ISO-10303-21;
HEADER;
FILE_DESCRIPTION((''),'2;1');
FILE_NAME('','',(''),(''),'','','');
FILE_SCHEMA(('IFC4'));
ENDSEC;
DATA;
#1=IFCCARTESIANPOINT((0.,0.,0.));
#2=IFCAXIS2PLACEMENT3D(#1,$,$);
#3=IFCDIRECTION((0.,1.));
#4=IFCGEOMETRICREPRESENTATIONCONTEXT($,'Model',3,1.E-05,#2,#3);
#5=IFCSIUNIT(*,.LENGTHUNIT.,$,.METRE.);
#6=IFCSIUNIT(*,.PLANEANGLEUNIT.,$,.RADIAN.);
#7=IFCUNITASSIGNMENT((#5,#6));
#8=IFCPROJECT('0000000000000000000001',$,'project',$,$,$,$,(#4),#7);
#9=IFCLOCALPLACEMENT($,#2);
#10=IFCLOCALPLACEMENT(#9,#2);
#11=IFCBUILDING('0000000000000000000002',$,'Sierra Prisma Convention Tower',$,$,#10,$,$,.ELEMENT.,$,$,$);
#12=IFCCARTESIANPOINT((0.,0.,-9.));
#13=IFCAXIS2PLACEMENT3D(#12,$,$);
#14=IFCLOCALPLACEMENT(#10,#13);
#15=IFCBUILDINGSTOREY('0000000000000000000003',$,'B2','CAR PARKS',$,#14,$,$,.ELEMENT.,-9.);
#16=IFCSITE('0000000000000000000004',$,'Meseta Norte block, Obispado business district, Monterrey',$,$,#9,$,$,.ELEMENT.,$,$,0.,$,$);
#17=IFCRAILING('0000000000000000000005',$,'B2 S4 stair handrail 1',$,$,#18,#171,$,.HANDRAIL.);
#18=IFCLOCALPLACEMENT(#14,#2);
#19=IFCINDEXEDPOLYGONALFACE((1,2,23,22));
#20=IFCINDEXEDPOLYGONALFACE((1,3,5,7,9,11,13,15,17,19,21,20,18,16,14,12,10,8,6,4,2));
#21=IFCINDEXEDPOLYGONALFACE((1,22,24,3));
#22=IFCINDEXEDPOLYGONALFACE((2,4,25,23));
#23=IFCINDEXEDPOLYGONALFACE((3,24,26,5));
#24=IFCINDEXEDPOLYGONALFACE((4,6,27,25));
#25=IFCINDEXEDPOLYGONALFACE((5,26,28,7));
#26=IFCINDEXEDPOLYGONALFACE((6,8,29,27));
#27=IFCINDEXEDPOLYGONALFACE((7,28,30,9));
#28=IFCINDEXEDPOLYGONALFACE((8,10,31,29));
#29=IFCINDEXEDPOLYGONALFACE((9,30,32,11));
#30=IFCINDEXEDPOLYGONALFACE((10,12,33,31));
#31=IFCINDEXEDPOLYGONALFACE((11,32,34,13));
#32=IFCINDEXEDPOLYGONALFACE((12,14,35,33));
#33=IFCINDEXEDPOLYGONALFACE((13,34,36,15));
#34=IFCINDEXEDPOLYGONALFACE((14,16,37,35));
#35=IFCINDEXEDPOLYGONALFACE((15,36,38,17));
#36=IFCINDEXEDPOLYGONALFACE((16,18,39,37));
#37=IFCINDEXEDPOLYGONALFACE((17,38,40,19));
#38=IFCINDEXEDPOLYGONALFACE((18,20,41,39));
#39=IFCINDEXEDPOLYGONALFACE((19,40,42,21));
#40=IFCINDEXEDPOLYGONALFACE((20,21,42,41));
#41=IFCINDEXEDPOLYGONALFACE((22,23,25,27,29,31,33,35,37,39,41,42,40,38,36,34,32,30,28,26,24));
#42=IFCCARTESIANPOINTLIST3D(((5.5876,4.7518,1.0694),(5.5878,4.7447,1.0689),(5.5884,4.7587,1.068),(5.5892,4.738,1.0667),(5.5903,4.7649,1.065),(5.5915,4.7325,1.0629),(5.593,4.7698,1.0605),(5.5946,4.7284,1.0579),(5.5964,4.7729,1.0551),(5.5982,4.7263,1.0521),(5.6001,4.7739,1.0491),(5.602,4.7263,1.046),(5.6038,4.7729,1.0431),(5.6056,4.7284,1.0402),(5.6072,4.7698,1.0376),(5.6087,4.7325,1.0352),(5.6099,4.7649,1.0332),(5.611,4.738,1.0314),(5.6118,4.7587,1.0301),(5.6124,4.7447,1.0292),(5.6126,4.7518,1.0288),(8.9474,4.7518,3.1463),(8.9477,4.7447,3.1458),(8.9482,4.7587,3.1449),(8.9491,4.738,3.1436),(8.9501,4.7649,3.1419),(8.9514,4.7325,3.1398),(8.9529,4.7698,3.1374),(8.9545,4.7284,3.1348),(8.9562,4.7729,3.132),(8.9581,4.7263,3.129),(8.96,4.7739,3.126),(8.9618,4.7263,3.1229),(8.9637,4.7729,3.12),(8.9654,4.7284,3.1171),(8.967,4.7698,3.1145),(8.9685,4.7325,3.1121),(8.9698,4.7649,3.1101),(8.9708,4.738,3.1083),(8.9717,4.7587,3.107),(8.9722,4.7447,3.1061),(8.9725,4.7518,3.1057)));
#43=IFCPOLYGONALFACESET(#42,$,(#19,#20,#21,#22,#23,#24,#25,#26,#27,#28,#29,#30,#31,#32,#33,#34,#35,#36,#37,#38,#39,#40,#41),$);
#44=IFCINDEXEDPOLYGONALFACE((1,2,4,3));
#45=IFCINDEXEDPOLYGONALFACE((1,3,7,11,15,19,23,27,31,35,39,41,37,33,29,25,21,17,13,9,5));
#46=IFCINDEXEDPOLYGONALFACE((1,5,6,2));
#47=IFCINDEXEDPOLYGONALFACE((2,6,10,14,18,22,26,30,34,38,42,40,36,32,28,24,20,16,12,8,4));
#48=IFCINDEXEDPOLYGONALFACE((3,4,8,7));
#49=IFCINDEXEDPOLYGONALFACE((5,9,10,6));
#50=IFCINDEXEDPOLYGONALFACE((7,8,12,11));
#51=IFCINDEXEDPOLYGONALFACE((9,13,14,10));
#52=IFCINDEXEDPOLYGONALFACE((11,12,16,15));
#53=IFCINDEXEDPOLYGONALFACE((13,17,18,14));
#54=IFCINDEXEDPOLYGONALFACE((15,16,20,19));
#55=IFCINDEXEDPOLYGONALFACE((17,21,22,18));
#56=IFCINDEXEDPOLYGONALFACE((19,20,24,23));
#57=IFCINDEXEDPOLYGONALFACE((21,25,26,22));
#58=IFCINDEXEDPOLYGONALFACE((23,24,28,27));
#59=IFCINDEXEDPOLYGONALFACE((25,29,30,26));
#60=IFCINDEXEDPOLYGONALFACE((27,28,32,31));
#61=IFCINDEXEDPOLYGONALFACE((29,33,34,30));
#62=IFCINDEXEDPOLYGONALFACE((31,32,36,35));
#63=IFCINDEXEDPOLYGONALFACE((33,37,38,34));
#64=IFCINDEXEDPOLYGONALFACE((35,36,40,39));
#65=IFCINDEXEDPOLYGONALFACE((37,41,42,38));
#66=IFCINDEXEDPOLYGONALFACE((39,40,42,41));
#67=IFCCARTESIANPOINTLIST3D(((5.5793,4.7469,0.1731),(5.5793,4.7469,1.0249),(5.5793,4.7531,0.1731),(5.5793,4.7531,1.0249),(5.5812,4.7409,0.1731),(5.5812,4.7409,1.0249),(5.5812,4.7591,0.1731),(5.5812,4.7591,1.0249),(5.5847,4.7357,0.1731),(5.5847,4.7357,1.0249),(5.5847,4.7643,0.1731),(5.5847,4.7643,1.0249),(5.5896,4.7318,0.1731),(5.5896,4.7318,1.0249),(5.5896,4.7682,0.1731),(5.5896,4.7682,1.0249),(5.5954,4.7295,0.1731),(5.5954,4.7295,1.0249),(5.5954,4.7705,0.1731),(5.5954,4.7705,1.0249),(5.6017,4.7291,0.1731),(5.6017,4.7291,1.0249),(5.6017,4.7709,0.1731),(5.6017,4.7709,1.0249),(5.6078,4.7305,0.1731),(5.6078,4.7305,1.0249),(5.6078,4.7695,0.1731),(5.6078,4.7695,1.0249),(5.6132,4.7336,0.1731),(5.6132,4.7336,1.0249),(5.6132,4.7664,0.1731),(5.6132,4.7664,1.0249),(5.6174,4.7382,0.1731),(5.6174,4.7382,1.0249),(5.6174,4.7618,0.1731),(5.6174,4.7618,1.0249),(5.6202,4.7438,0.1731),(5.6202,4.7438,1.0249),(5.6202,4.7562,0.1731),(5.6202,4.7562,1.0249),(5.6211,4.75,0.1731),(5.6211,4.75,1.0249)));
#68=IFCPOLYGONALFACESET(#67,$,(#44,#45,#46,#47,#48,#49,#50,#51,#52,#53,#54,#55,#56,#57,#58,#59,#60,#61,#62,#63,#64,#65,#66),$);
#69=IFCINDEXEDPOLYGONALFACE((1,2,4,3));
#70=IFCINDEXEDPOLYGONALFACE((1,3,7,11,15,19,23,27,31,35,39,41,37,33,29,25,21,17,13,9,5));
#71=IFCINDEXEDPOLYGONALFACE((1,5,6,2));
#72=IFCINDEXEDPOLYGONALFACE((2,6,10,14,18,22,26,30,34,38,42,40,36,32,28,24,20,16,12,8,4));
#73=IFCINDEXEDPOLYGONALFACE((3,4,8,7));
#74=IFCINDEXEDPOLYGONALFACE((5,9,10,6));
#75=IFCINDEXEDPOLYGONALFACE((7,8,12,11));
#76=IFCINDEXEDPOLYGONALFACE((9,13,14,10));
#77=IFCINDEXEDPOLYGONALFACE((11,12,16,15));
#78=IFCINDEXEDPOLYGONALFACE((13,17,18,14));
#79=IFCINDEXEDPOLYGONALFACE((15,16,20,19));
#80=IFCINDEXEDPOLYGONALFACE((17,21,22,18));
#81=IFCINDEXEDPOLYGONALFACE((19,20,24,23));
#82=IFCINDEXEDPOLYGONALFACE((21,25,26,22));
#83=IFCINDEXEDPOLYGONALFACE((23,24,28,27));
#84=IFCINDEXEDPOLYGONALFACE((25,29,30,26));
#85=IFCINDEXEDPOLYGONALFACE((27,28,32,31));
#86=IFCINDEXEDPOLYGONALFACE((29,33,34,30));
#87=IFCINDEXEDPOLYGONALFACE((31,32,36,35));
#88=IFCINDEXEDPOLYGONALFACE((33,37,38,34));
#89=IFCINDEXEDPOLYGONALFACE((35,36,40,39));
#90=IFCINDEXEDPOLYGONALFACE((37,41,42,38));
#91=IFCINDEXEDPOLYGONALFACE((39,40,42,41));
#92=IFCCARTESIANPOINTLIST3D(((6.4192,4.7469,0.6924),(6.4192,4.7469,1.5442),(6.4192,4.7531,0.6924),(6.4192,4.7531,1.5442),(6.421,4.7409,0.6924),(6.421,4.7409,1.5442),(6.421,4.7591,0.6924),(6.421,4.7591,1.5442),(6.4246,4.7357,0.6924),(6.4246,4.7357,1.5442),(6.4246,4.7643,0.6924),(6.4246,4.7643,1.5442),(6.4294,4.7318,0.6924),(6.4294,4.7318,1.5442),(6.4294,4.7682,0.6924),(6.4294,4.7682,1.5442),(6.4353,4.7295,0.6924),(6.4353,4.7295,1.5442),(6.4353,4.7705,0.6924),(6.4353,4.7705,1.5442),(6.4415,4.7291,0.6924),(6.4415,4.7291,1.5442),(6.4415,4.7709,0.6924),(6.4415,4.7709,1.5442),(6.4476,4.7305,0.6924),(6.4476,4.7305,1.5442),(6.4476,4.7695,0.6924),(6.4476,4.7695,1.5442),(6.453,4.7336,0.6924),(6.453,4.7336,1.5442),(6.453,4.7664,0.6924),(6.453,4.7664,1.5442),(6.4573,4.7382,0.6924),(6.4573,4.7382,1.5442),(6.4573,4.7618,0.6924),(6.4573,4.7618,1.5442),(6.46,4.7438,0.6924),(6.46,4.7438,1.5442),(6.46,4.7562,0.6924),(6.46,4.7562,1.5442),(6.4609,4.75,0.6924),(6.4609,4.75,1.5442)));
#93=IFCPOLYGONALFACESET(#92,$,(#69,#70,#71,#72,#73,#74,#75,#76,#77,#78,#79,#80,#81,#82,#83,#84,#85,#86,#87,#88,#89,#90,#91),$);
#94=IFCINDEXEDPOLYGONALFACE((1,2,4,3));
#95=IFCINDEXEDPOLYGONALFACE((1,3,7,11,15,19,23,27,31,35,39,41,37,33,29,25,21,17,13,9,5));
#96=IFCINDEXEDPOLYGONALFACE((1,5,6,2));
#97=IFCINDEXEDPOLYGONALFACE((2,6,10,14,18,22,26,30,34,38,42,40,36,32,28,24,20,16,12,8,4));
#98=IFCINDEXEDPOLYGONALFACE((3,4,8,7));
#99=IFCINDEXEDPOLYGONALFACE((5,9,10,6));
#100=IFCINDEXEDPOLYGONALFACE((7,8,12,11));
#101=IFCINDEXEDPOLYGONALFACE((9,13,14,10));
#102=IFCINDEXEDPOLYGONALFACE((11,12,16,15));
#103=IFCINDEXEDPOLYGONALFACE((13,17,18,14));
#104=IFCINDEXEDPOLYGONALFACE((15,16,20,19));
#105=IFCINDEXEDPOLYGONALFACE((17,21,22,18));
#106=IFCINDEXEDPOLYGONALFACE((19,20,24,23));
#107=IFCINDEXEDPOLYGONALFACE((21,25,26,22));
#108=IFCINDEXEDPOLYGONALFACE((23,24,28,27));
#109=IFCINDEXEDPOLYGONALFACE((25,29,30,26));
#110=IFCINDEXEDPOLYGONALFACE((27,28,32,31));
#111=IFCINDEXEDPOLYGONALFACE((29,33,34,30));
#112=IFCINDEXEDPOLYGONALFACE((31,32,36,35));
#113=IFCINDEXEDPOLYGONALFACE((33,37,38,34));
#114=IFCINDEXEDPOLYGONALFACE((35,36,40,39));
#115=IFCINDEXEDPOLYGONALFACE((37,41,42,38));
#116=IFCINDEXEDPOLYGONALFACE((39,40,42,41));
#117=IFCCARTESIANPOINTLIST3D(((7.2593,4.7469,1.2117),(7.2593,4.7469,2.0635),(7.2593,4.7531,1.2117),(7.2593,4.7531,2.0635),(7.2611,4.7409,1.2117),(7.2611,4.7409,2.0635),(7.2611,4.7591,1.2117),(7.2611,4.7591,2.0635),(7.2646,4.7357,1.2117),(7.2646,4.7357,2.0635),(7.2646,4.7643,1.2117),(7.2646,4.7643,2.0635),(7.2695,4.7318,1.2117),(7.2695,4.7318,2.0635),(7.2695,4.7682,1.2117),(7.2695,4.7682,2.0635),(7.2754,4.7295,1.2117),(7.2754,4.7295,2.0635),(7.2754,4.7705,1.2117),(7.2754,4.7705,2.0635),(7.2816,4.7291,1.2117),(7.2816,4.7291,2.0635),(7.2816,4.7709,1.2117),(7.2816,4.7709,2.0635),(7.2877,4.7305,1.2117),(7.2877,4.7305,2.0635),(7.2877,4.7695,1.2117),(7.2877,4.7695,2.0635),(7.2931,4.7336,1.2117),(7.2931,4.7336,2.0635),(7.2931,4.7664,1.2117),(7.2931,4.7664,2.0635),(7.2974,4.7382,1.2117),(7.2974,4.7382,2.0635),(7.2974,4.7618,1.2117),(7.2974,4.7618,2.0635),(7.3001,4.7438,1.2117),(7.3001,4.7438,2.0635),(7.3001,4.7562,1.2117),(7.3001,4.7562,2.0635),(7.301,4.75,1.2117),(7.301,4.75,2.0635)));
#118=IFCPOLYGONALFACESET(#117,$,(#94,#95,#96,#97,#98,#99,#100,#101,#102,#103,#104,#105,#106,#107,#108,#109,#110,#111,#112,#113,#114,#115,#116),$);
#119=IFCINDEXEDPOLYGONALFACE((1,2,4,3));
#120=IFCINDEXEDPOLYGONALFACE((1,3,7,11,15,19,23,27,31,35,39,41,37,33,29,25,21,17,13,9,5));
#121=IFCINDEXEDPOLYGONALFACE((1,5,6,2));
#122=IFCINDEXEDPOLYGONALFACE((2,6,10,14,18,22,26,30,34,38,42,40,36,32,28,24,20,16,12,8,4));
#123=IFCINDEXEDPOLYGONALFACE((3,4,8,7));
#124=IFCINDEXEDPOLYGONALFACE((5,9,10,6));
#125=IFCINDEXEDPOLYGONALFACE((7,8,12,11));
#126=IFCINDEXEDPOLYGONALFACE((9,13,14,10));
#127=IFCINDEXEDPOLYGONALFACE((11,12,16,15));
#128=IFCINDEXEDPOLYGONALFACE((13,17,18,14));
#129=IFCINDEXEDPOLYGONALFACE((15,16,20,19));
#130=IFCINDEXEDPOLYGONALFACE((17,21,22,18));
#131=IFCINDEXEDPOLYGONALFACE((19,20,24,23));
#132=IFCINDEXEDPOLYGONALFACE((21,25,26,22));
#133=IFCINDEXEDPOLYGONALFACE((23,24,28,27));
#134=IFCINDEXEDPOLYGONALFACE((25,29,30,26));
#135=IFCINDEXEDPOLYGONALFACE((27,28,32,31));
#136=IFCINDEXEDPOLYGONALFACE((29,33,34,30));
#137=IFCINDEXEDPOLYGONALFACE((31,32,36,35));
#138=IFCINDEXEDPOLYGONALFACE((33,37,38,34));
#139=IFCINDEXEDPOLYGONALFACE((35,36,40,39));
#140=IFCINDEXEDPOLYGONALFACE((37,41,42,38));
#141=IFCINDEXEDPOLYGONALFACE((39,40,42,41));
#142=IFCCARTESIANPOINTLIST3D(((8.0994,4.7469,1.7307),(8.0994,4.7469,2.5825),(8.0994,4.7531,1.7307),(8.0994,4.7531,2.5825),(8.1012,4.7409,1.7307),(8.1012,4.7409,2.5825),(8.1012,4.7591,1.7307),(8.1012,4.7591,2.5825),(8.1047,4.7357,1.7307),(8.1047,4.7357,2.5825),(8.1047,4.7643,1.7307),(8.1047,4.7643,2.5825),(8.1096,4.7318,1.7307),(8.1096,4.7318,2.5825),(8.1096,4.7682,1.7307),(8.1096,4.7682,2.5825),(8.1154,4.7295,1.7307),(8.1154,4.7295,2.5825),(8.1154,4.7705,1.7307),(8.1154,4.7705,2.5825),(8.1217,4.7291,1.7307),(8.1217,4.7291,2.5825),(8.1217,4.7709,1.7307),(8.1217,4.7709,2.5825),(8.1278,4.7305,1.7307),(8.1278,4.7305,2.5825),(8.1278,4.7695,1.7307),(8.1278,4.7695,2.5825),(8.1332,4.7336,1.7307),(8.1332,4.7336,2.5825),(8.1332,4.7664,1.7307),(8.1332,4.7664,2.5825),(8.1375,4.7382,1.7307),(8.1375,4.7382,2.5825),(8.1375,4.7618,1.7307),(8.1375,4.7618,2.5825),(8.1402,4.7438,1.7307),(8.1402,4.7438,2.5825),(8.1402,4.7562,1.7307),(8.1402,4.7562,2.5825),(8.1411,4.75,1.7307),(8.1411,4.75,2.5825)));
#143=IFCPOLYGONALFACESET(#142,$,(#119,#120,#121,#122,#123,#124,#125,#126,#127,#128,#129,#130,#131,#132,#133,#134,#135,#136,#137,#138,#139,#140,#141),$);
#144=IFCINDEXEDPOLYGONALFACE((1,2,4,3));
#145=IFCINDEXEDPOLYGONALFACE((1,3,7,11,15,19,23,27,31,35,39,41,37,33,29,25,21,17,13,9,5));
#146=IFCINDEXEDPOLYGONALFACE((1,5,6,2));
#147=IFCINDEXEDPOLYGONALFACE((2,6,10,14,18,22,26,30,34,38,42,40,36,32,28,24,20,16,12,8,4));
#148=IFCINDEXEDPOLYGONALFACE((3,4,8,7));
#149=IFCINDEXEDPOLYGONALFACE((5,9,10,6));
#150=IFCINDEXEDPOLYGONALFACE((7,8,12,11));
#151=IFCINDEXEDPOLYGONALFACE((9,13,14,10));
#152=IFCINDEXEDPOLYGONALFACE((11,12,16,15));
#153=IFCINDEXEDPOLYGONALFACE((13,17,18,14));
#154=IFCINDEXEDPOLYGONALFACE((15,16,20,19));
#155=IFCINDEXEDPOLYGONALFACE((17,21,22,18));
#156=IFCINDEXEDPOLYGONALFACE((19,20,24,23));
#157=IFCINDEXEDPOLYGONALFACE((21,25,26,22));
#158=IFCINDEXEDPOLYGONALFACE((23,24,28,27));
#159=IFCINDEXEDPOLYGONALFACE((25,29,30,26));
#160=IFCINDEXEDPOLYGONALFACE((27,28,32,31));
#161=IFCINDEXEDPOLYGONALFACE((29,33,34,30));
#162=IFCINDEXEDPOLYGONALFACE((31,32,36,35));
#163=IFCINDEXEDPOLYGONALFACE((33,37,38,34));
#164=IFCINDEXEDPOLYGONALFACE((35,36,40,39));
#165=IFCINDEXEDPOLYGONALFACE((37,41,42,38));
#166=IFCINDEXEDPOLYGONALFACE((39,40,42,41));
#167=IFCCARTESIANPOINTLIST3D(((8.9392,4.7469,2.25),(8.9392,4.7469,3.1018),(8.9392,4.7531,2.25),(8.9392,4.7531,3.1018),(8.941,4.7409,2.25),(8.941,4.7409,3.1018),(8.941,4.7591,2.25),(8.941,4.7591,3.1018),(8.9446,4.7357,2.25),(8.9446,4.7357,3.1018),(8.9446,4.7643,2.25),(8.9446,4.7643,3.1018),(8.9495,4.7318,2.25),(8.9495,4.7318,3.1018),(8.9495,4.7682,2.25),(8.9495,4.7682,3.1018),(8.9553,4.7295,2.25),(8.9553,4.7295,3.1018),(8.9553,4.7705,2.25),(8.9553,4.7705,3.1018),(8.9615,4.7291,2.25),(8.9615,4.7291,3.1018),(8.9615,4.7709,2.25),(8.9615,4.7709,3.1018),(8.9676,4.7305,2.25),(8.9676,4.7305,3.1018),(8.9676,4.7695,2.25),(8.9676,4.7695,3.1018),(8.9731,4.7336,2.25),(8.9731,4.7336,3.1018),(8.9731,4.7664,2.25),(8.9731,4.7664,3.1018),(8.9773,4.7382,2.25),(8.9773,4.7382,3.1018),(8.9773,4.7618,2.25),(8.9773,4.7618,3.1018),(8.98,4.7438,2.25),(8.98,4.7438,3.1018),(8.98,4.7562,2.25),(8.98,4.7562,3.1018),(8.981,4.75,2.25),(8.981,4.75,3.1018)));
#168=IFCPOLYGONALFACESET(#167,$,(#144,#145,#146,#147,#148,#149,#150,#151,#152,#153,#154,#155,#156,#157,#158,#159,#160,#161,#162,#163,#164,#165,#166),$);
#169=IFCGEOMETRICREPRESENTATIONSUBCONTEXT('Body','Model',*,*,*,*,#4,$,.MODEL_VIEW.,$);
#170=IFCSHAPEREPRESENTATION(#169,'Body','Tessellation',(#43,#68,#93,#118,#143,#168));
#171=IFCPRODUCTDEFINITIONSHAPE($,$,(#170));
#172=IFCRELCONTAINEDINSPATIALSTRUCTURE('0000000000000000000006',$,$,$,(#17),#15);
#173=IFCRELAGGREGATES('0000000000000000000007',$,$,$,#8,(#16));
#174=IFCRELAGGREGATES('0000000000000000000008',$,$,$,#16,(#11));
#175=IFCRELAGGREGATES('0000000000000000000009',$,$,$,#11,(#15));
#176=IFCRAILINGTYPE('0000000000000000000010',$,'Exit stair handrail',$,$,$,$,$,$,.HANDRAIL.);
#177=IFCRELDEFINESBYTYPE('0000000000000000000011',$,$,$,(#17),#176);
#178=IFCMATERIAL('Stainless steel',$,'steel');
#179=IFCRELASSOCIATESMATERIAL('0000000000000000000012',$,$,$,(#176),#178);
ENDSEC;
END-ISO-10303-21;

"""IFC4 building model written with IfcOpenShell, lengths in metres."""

from ifc_helpers import new_model, si_unit, direction, frame, origin, origin_2d, place, context, subcontext, project, spatial, circle, extrude, material, type_object, element, save


model = new_model("IFC4")

# Units and contexts
model_context = context("Model", 3, precision=1e-05, world=origin(), true_north=direction((0.0, 1.0)))
body_context = subcontext(model_context, "Body", "Model", "MODEL_VIEW")
ifc_project = project(units=[si_unit("LENGTHUNIT", "METRE"), si_unit("PLANEANGLEUNIT", "RADIAN")], contexts=[model_context])

# Site, building, storey
site_placement = place(None, origin())
site = spatial("IfcSite", under=ifc_project, at=site_placement, Name="Meseta Norte block, Obispado business district, Monterrey", CompositionType="ELEMENT", RefElevation=0.0)
building_placement = place(site_placement, origin())
building = spatial("IfcBuilding", under=site, at=building_placement, Name="Sierra Prisma Convention Tower", CompositionType="ELEMENT")
storey_placement = place(building_placement, frame((0.0, 0.0, -9.0)))
storey = spatial("IfcBuildingStorey", under=building, at=storey_placement, Name="B2", Description="CAR PARKS", CompositionType="ELEMENT", Elevation=-9.0)

# Railing
ifc_material_1 = material(Name="Stainless steel", Category="steel")
railing_type_1 = type_object("IfcRailingType", Name="Exit stair handrail", PredefinedType="HANDRAIL", material=ifc_material_1)
railing_1_placement = place(storey_placement, frame((5.6001, 4.75, 0.1731)))
element("IfcRailing", 1, at=railing_1_placement, inside=storey, type_object=railing_type_1, Name="B2 S4 stair handrail 1", PredefinedType="HANDRAIL", context=body_context, shape_type="SweptSolid", body=[
    extrude(circle(Radius=0.0239, at=origin_2d()), frame((0.0, 0.0, 0.876), z_axis=(0.850606, 0.0, 0.525803), x_axis=(0.0, 1.0, 0.0)), (0.0, 0.0, 1.0), 3.95),
    extrude(circle(Radius=0.021, at=origin_2d()), origin(), (0.0, 0.0, 1.0), 0.8518),
    extrude(circle(Radius=0.021, at=origin_2d()), frame((0.8398, 0.0, 0.5193)), (0.0, 0.0, 1.0), 0.8518),
    extrude(circle(Radius=0.021, at=origin_2d()), frame((1.6799, 0.0, 1.0386)), (0.0, 0.0, 1.0), 0.8518),
    extrude(circle(Radius=0.021, at=origin_2d()), frame((2.52, 0.0, 1.5576)), (0.0, 0.0, 1.0), 0.8518),
    extrude(circle(Radius=0.021, at=origin_2d()), frame((3.3599, 0.0, 2.0769)), (0.0, 0.0, 1.0), 0.8518),
])

save(model, "model.ifc")
